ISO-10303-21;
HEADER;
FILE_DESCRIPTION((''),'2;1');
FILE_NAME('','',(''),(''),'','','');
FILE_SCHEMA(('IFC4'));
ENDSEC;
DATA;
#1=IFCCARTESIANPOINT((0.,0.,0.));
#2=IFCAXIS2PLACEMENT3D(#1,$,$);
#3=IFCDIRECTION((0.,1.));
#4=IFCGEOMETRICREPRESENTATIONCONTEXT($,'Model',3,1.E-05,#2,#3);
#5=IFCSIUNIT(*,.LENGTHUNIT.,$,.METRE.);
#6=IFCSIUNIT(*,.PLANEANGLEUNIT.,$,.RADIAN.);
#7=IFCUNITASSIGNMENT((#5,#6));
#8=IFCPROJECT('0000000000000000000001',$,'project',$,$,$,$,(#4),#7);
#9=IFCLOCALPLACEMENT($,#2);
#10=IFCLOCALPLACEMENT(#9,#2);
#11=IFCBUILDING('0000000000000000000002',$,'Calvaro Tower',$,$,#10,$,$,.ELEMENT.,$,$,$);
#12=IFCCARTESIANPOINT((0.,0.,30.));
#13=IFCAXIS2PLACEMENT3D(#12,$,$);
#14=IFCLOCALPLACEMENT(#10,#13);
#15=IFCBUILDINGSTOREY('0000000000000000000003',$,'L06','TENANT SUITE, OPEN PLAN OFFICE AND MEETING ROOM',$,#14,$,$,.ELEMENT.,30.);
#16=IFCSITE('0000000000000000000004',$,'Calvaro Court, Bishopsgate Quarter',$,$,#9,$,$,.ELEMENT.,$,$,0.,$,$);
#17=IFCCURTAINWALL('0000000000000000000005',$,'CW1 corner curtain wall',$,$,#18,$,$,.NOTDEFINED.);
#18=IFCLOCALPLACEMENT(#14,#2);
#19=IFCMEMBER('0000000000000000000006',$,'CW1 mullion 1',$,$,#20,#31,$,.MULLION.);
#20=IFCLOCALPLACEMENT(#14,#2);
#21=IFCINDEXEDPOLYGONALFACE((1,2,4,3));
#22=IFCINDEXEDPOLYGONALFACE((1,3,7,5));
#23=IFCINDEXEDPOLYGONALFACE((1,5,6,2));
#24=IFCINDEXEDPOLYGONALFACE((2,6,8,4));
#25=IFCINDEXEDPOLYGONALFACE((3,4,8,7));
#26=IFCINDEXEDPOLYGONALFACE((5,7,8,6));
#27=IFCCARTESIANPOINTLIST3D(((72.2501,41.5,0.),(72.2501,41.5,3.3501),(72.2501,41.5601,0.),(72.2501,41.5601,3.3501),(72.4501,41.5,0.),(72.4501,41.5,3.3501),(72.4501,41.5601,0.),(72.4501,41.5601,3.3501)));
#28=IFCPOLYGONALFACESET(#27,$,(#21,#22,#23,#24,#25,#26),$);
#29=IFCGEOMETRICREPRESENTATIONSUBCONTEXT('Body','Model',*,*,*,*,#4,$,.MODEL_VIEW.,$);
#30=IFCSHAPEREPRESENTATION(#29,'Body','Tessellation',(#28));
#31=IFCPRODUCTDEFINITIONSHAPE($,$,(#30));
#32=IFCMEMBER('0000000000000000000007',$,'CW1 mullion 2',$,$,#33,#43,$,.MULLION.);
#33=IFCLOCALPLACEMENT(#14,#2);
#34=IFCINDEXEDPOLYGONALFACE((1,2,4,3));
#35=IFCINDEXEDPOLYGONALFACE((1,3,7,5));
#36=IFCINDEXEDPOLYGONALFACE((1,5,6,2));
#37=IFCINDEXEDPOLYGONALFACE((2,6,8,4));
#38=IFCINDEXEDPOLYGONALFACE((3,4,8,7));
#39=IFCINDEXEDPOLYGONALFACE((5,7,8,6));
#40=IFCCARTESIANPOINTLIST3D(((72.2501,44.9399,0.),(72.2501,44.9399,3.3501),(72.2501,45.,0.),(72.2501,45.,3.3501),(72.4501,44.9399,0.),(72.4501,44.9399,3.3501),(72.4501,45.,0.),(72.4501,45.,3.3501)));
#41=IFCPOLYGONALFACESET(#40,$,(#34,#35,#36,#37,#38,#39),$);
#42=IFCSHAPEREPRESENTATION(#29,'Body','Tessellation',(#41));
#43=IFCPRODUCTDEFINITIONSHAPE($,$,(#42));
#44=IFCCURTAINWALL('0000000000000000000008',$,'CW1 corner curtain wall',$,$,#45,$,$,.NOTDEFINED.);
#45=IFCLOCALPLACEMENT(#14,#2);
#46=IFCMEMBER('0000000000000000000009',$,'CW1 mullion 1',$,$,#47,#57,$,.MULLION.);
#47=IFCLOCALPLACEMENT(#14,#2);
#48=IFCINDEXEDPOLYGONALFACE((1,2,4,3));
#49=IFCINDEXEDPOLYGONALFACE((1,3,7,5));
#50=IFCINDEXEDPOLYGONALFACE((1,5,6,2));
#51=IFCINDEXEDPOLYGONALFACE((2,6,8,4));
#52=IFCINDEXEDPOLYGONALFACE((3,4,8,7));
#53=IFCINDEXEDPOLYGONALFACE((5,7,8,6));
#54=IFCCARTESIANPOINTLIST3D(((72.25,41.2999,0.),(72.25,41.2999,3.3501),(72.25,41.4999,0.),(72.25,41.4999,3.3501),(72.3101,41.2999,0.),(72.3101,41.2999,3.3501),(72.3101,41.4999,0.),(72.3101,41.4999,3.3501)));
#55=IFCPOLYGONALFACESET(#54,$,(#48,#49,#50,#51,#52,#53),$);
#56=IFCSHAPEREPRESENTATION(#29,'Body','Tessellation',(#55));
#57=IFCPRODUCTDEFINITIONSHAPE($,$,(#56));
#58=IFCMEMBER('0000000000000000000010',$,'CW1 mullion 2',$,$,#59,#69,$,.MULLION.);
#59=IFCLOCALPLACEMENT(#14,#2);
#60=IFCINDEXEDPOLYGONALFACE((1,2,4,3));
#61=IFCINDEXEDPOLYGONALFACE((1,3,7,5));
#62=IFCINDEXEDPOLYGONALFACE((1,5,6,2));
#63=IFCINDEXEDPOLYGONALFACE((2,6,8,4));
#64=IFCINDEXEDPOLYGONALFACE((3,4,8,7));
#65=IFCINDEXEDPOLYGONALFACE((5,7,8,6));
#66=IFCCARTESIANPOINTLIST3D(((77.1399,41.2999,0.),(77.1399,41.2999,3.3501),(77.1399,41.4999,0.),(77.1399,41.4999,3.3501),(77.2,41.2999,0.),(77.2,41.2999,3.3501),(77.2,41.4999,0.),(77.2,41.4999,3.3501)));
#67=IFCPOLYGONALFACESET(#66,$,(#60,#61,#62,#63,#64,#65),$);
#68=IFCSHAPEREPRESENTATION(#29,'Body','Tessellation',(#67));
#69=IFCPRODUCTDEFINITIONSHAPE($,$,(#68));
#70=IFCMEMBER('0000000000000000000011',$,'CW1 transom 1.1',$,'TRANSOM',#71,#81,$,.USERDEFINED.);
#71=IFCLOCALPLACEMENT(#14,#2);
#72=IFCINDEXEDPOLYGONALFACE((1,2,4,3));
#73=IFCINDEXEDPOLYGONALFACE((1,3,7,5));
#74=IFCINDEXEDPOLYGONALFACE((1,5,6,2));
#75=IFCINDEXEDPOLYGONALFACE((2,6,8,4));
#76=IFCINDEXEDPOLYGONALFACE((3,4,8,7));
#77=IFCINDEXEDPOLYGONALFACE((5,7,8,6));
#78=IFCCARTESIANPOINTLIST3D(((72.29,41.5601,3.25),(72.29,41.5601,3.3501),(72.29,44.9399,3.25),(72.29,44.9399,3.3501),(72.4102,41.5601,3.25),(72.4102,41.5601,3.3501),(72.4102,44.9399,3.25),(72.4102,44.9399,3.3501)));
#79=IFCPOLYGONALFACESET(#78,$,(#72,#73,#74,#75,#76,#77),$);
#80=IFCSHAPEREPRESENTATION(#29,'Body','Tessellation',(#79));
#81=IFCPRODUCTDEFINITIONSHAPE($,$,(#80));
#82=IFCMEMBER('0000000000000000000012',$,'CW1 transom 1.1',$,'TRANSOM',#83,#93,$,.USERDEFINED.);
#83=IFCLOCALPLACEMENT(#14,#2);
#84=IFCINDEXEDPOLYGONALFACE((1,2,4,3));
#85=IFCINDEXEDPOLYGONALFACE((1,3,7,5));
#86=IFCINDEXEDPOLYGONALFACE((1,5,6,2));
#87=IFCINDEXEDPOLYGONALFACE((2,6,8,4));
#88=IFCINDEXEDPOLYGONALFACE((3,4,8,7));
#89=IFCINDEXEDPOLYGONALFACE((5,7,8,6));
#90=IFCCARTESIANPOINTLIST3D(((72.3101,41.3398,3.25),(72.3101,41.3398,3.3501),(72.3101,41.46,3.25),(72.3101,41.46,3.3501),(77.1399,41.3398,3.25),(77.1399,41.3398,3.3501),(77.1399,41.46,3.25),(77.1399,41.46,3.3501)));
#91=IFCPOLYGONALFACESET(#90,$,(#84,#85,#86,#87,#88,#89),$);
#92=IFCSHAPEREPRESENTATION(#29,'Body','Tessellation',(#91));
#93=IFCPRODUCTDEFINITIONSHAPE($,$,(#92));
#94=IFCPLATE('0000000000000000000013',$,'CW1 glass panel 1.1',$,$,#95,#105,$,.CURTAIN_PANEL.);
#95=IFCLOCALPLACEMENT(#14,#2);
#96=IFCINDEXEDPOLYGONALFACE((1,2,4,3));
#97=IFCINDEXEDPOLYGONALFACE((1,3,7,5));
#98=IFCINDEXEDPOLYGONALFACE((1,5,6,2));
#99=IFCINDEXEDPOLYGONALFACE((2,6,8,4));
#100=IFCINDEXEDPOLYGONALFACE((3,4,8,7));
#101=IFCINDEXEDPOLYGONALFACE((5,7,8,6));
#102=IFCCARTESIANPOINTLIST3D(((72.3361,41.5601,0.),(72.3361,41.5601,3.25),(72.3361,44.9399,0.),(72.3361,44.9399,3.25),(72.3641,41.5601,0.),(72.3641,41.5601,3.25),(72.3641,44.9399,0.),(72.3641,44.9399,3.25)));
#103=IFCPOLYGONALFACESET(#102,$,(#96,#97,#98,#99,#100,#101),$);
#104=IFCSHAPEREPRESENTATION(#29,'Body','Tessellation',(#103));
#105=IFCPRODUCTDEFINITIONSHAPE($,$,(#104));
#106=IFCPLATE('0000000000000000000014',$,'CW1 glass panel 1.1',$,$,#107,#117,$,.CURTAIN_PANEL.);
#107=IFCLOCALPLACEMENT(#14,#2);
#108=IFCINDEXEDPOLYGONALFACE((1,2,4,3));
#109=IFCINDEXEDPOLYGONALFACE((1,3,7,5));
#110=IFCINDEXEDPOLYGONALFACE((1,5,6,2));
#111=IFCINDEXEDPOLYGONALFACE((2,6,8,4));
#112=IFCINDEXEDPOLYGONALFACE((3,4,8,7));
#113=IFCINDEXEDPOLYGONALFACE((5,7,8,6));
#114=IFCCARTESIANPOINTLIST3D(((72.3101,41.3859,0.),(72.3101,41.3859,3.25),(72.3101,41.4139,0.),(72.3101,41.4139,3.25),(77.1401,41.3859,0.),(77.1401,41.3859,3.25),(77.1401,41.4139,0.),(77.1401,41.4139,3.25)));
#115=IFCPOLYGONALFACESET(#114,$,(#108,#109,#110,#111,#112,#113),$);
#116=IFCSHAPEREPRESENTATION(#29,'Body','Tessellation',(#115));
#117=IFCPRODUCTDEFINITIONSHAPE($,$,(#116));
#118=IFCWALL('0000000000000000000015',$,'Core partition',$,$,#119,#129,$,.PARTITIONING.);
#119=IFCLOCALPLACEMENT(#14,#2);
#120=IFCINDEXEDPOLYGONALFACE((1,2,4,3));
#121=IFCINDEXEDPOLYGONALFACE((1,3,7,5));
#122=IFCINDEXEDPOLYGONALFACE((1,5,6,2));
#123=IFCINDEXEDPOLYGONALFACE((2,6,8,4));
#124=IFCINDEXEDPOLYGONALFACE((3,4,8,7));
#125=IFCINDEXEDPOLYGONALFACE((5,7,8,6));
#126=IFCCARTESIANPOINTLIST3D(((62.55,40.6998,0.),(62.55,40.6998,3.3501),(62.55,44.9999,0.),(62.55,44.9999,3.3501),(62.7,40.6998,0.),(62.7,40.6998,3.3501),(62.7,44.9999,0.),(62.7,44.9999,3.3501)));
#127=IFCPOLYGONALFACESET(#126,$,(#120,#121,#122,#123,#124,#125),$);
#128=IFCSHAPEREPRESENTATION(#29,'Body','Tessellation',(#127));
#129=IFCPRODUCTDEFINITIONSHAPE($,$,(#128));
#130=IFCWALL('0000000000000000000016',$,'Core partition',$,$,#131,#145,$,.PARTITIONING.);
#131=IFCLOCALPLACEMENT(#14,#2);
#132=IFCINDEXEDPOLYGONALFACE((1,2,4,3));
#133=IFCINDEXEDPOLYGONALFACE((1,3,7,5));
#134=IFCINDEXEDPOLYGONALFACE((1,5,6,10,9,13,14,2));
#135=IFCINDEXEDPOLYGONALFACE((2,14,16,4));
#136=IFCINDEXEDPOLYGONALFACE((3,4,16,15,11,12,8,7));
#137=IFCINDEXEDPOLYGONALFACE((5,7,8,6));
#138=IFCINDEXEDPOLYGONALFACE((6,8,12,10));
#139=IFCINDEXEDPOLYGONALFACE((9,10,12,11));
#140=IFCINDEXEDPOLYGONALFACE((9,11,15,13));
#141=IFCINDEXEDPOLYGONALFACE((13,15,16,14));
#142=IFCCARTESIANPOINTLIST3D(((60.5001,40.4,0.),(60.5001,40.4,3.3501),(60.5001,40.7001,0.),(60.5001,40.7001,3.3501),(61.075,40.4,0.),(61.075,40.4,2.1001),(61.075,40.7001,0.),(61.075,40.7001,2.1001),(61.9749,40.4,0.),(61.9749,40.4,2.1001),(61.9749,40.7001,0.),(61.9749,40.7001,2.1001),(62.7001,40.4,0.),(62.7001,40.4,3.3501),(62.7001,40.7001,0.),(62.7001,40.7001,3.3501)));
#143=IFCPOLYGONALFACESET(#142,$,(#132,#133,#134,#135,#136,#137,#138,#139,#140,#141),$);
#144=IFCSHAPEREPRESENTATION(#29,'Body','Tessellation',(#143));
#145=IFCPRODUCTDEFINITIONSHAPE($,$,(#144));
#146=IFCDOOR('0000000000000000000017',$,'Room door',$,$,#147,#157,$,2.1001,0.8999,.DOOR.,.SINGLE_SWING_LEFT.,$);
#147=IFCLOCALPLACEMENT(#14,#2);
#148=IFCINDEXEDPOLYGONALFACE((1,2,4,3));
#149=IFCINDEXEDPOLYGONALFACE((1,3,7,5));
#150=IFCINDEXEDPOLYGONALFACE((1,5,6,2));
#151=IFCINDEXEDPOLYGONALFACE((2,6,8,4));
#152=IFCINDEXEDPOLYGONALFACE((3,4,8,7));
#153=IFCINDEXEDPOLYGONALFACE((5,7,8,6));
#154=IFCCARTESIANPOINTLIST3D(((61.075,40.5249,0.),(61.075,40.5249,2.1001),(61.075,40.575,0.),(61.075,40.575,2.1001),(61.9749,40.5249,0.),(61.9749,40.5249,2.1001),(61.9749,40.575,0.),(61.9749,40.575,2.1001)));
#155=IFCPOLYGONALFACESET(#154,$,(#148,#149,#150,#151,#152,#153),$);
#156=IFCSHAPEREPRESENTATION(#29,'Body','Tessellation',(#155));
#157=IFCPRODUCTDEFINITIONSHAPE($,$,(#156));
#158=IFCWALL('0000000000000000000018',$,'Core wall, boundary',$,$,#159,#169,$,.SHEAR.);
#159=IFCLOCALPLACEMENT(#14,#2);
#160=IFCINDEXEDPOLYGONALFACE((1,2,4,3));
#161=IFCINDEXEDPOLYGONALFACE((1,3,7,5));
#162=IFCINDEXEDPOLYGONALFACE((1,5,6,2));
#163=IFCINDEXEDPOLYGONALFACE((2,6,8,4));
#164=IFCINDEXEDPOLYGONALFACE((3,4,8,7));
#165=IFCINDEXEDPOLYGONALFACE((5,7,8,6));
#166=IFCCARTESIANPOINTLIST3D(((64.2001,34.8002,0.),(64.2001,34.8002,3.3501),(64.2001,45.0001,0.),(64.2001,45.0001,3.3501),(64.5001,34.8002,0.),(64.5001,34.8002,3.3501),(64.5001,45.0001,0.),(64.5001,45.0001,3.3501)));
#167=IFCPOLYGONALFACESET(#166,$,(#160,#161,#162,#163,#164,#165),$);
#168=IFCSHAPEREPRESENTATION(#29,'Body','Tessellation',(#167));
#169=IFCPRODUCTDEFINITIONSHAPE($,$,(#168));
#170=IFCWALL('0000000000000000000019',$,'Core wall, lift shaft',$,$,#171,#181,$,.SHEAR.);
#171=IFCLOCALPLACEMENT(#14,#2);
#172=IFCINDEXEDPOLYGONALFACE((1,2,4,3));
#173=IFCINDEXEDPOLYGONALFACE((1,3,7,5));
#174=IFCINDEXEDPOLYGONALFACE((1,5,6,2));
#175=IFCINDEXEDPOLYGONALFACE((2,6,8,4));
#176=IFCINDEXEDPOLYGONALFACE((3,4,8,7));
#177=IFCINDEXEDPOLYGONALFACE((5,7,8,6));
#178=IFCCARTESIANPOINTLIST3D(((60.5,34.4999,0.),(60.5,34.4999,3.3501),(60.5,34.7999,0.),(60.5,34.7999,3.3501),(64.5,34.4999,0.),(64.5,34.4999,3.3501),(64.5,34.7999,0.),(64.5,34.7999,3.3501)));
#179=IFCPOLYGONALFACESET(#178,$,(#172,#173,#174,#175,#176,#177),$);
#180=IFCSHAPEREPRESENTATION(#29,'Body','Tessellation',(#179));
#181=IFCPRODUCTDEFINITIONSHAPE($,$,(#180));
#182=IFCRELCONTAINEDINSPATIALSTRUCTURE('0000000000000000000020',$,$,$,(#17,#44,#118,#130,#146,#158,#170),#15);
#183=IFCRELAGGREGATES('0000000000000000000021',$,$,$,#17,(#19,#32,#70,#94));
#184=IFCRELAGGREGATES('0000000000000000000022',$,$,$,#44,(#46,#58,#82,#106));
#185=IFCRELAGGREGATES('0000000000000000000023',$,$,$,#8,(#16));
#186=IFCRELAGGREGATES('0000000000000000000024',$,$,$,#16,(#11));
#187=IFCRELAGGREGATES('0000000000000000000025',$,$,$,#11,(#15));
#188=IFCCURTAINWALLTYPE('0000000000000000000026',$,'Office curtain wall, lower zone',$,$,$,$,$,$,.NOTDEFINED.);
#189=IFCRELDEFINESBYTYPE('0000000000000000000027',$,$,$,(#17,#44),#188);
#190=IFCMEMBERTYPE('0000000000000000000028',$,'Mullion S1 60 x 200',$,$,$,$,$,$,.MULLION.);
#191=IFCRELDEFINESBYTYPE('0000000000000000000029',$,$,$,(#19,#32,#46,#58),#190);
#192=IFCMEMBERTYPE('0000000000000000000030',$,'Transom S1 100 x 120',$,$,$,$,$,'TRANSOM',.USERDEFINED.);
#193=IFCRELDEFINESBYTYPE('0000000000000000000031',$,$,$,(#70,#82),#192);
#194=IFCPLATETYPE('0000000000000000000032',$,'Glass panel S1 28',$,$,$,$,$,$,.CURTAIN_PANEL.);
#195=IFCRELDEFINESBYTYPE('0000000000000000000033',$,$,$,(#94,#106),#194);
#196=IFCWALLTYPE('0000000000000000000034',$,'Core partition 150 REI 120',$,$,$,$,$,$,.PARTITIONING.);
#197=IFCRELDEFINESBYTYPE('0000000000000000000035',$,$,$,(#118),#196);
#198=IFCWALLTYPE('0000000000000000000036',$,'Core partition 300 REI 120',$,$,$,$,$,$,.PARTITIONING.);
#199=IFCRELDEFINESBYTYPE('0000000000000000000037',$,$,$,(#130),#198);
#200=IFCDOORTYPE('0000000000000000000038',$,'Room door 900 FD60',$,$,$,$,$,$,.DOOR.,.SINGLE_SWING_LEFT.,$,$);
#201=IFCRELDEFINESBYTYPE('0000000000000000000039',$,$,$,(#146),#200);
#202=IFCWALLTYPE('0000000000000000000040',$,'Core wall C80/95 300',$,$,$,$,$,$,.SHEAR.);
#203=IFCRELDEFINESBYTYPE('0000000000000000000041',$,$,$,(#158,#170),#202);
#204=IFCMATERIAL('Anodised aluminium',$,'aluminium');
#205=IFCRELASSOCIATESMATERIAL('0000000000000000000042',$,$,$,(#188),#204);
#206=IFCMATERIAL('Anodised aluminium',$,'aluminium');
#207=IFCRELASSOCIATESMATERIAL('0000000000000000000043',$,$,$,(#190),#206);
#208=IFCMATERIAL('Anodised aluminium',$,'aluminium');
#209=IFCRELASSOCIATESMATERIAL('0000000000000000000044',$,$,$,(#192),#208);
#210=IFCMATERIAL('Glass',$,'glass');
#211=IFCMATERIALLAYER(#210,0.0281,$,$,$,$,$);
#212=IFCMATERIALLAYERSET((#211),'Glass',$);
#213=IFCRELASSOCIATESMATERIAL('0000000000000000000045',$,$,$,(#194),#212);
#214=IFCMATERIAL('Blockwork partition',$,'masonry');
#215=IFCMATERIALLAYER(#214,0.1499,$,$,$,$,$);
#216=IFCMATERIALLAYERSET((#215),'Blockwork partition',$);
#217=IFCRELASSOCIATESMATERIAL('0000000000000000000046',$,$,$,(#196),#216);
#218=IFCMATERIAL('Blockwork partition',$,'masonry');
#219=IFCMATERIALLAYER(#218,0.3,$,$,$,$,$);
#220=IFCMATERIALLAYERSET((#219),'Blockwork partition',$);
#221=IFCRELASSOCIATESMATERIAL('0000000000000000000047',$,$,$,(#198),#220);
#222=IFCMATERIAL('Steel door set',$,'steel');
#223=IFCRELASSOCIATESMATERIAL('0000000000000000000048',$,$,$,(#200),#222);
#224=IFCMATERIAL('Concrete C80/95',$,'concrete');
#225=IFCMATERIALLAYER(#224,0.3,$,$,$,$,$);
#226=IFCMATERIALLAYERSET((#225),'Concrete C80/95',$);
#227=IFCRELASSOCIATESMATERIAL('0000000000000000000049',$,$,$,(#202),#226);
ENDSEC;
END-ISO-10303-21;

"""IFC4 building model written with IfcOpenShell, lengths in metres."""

from ifc_helpers import new_model, si_unit, direction, frame, frame_2d, origin, origin_2d, place, context, subcontext, project, spatial, rectangle, extrude, material, layer, layer_set, material_profile, profile_set, type_object, element, fill, aggregate, save


model = new_model("IFC4")

# Units and contexts
model_context = context("Model", 3, precision=1e-05, world=origin(), true_north=direction((0.0, 1.0)))
body_context = subcontext(model_context, "Body", "Model", "MODEL_VIEW")
ifc_project = project(units=[si_unit("LENGTHUNIT", "METRE"), si_unit("PLANEANGLEUNIT", "RADIAN")], contexts=[model_context])

# Site, building, storey
site_placement = place(None, origin())
site = spatial("IfcSite", under=ifc_project, at=site_placement, Name="Calvaro Court, Bishopsgate Quarter", CompositionType="ELEMENT", RefElevation=0.0)
building_placement = place(site_placement, origin())
building = spatial("IfcBuilding", under=site, at=building_placement, Name="Calvaro Tower", CompositionType="ELEMENT")
storey_placement = place(building_placement, frame((0.0, 0.0, 30.0)))
storey = spatial("IfcBuildingStorey", under=building, at=storey_placement, Name="L06", Description="TENANT SUITE, OPEN PLAN OFFICE AND MEETING ROOM", CompositionType="ELEMENT", Elevation=30.0)

# Curtain walls, members
ifc_material_1 = material(Name="Anodised aluminium", Category="aluminium")
curtain_wall_type = type_object("IfcCurtainWallType", Name="Office curtain wall, lower zone", PredefinedType="NOTDEFINED", material=ifc_material_1)
curtain_wall_1_placement = place(storey_placement, origin())
curtain_wall_1 = element("IfcCurtainWall", 1, at=curtain_wall_1_placement, inside=storey, type_object=curtain_wall_type, Name="CW1 corner curtain wall", PredefinedType="NOTDEFINED")
ifc_material_2 = material(Name="Anodised aluminium", Category="aluminium")
ifc_material_profile_1 = material_profile(ifc_material_2, rectangle(XDim=0.2, YDim=0.0601, at=origin_2d()), Name="Mullion S1 60 x 200")
ifc_profile_set_1 = profile_set([ifc_material_profile_1], Name="Anodised aluminium")
member_type_1 = type_object("IfcMemberType", Name="Mullion S1 60 x 200", PredefinedType="MULLION", material=ifc_profile_set_1)
member_1_placement = place(storey_placement, frame((72.3501, 41.53, 0.0), z_axis=(0.0, 0.0, 1.0), x_axis=(-1.0, 0.0, 0.0)))
member_1 = element("IfcMember", 2, at=member_1_placement, type_object=member_type_1, Name="CW1 mullion 1", PredefinedType="MULLION", context=body_context, shape_type="SweptSolid", body=[
    extrude(rectangle(XDim=0.2, YDim=0.0601, at=origin_2d()), origin(), (0.0, 0.0, 1.0), 3.3501),
])
member_2_placement = place(storey_placement, frame((72.3501, 44.97, 0.0), z_axis=(0.0, 0.0, 1.0), x_axis=(-1.0, 0.0, 0.0)))
member_2 = element("IfcMember", 3, at=member_2_placement, type_object=member_type_1, Name="CW1 mullion 2", PredefinedType="MULLION", context=body_context, shape_type="SweptSolid", body=[
    extrude(rectangle(XDim=0.2, YDim=0.0601, at=origin_2d()), origin(), (0.0, 0.0, 1.0), 3.3501),
])
curtain_wall_2_placement = place(storey_placement, origin())
curtain_wall_2 = element("IfcCurtainWall", 4, at=curtain_wall_2_placement, inside=storey, type_object=curtain_wall_type, Name="CW1 corner curtain wall", PredefinedType="NOTDEFINED")
member_3_placement = place(storey_placement, frame((72.28, 41.3999, 0.0), z_axis=(0.0, 0.0, 1.0), x_axis=(0.0, 1.0, 0.0)))
member_3 = element("IfcMember", 5, at=member_3_placement, type_object=member_type_1, Name="CW1 mullion 1", PredefinedType="MULLION", context=body_context, shape_type="SweptSolid", body=[
    extrude(rectangle(XDim=0.2, YDim=0.0601, at=origin_2d()), origin(), (0.0, 0.0, 1.0), 3.3501),
])
member_4_placement = place(storey_placement, frame((77.1699, 41.3999, 0.0), z_axis=(0.0, 0.0, 1.0), x_axis=(0.0, 1.0, 0.0)))
member_4 = element("IfcMember", 6, at=member_4_placement, type_object=member_type_1, Name="CW1 mullion 2", PredefinedType="MULLION", context=body_context, shape_type="SweptSolid", body=[
    extrude(rectangle(XDim=0.2, YDim=0.0601, at=origin_2d()), origin(), (0.0, 0.0, 1.0), 3.3501),
])

# Members
ifc_material_3 = material(Name="Anodised aluminium", Category="aluminium")
ifc_material_profile_2 = material_profile(ifc_material_3, rectangle(XDim=0.1201, YDim=0.1001, at=origin_2d()), Name="Transom S1 100 x 120")
ifc_profile_set_2 = profile_set([ifc_material_profile_2], Name="Anodised aluminium")
member_type_2 = type_object("IfcMemberType", Name="Transom S1 100 x 120", ElementType="TRANSOM", PredefinedType="USERDEFINED", material=ifc_profile_set_2)
member_5_placement = place(storey_placement, frame((72.3501, 41.5601, 3.3), z_axis=(0.0, 1.0, 0.0), x_axis=(-1.0, 0.0, 0.0)))
member_5 = element("IfcMember", 7, at=member_5_placement, type_object=member_type_2, Name="CW1 transom 1.1", ObjectType="TRANSOM", PredefinedType="USERDEFINED", context=body_context, shape_type="SweptSolid", body=[
    extrude(rectangle(XDim=0.1201, YDim=0.1001, at=origin_2d()), origin(), (0.0, 0.0, 1.0), 3.3799),
])
member_6_placement = place(storey_placement, frame((72.3101, 41.3999, 3.3), z_axis=(1.0, 0.0, 0.0), x_axis=(0.0, 1.0, 0.0)))
member_6 = element("IfcMember", 8, at=member_6_placement, type_object=member_type_2, Name="CW1 transom 1.1", ObjectType="TRANSOM", PredefinedType="USERDEFINED", context=body_context, shape_type="SweptSolid", body=[
    extrude(rectangle(XDim=0.1201, YDim=0.1001, at=origin_2d()), origin(), (0.0, 0.0, 1.0), 4.8298),
])

# Plates
ifc_material_4 = material(Name="Glass", Category="glass")
ifc_layer_1 = layer(ifc_material_4, 0.0281)
ifc_layer_set_1 = layer_set([ifc_layer_1], Name="Glass")
plate_type = type_object("IfcPlateType", Name="Glass panel S1 28", PredefinedType="CURTAIN_PANEL", material=ifc_layer_set_1)
plate_1_placement = place(storey_placement, frame((72.3501, 43.25, 0.0), z_axis=(0.0, 0.0, 1.0), x_axis=(0.0, 1.0, 0.0)))
plate_1 = element("IfcPlate", 9, at=plate_1_placement, type_object=plate_type, Name="CW1 glass panel 1.1", PredefinedType="CURTAIN_PANEL", context=body_context, shape_type="SweptSolid", body=[
    extrude(rectangle(XDim=3.3799, YDim=0.0281, at=origin_2d()), origin(), (0.0, 0.0, 1.0), 3.25),
])
aggregate(curtain_wall_1, [member_1, member_2, member_5, plate_1])
plate_2_placement = place(storey_placement, frame((74.7251, 41.3999, 0.0), z_axis=(0.0, 0.0, 1.0), x_axis=(1.0, 0.0, 0.0)))
plate_2 = element("IfcPlate", 10, at=plate_2_placement, type_object=plate_type, Name="CW1 glass panel 1.1", PredefinedType="CURTAIN_PANEL", context=body_context, shape_type="SweptSolid", body=[
    extrude(rectangle(XDim=4.8301, YDim=0.0281, at=origin_2d()), origin(), (0.0, 0.0, 1.0), 3.25),
])
aggregate(curtain_wall_2, [member_3, member_4, member_6, plate_2])

# Wall
ifc_material_5 = material(Name="Blockwork partition", Category="masonry")
ifc_layer_2 = layer(ifc_material_5, 0.1499)
ifc_layer_set_2 = layer_set([ifc_layer_2], Name="Blockwork partition")
wall_type_1 = type_object("IfcWallType", Name="Core partition 150 REI 120", PredefinedType="PARTITIONING", material=ifc_layer_set_2)
wall_1_placement = place(storey_placement, frame((62.625, 40.7, 0.0), z_axis=(0.0, 0.0, 1.0), x_axis=(0.0, 1.0, 0.0)))
element("IfcWall", 11, at=wall_1_placement, inside=storey, type_object=wall_type_1, Name="Core partition", PredefinedType="PARTITIONING", context=body_context, shape_type="SweptSolid", body=[
    extrude(rectangle(XDim=4.3, YDim=0.1499, at=frame_2d((2.1499, 0.0))), origin(), (0.0, 0.0, 1.0), 3.3501),
])

# Wall, opening, door
ifc_material_6 = material(Name="Blockwork partition", Category="masonry")
ifc_layer_3 = layer(ifc_material_6, 0.3)
ifc_layer_set_3 = layer_set([ifc_layer_3], Name="Blockwork partition")
wall_type_2 = type_object("IfcWallType", Name="Core partition 300 REI 120", PredefinedType="PARTITIONING", material=ifc_layer_set_3)
wall_2_placement = place(storey_placement, frame((60.5, 40.55, 0.0), z_axis=(0.0, 0.0, 1.0), x_axis=(1.0, 0.0, 0.0)))
wall_2 = element("IfcWall", 12, at=wall_2_placement, inside=storey, type_object=wall_type_2, Name="Core partition", PredefinedType="PARTITIONING", context=body_context, shape_type="SweptSolid", body=[
    extrude(rectangle(XDim=2.2, YDim=0.3, at=frame_2d((1.1001, 0.0))), origin(), (0.0, 0.0, 1.0), 3.3501),
])
opening_1_placement = place(wall_2_placement, frame((0.575, 0.0, 0.0)))
opening_1 = element("IfcOpeningElement", 13, at=opening_1_placement, cuts=wall_2, PredefinedType="OPENING", context=body_context, shape_type="SweptSolid", body=[
    extrude(rectangle(XDim=0.8999, YDim=2.1001, at=frame_2d((0.45, 1.05))), frame((0.0, 0.1599, 0.0), z_axis=(0.0, -1.0, 0.0), x_axis=(1.0, 0.0, 0.0)), (0.0, 0.0, 1.0), 0.3201),
])
ifc_material_7 = material(Name="Steel door set", Category="steel")
door_type_1 = type_object("IfcDoorType", Name="Room door 900 FD60", OperationType="SINGLE_SWING_LEFT", PredefinedType="DOOR", material=ifc_material_7)
door_1_placement = place(opening_1_placement, origin())
door_1 = element("IfcDoor", 14, at=door_1_placement, inside=storey, type_object=door_type_1, Name="Room door", OperationType="SINGLE_SWING_LEFT", OverallHeight=2.1001, OverallWidth=0.8999, PredefinedType="DOOR", context=body_context, shape_type="SweptSolid", body=[
    extrude(rectangle(XDim=0.8999, YDim=2.1001, at=frame_2d((0.45, 1.05))), frame((0.0, 0.0249, 0.0), z_axis=(0.0, -1.0, 0.0), x_axis=(1.0, 0.0, 0.0)), (0.0, 0.0, 1.0), 0.05),
])
fill(opening_1, door_1)

# Walls
ifc_material_8 = material(Name="Concrete C80/95", Category="concrete")
ifc_layer_4 = layer(ifc_material_8, 0.3)
ifc_layer_set_4 = layer_set([ifc_layer_4], Name="Concrete C80/95")
wall_type_3 = type_object("IfcWallType", Name="Core wall C80/95 300", PredefinedType="SHEAR", material=ifc_layer_set_4)
wall_3_placement = place(storey_placement, frame((64.3501, 34.8, 0.0), z_axis=(0.0, 0.0, 1.0), x_axis=(0.0, 1.0, 0.0)))
element("IfcWall", 15, at=wall_3_placement, inside=storey, type_object=wall_type_3, Name="Core wall, boundary", PredefinedType="SHEAR", context=body_context, shape_type="SweptSolid", body=[
    extrude(rectangle(XDim=10.2, YDim=0.3, at=frame_2d((5.1001, 0.0))), origin(), (0.0, 0.0, 1.0), 3.3501),
])
wall_4_placement = place(storey_placement, frame((60.5, 34.6499, 0.0), z_axis=(0.0, 0.0, 1.0), x_axis=(1.0, 0.0, 0.0)))
element("IfcWall", 16, at=wall_4_placement, inside=storey, type_object=wall_type_3, Name="Core wall, lift shaft", PredefinedType="SHEAR", context=body_context, shape_type="SweptSolid", body=[
    extrude(rectangle(XDim=4.0, YDim=0.3, at=frame_2d((2.0, 0.0))), origin(), (0.0, 0.0, 1.0), 3.3501),
])

save(model, "model.ifc")
